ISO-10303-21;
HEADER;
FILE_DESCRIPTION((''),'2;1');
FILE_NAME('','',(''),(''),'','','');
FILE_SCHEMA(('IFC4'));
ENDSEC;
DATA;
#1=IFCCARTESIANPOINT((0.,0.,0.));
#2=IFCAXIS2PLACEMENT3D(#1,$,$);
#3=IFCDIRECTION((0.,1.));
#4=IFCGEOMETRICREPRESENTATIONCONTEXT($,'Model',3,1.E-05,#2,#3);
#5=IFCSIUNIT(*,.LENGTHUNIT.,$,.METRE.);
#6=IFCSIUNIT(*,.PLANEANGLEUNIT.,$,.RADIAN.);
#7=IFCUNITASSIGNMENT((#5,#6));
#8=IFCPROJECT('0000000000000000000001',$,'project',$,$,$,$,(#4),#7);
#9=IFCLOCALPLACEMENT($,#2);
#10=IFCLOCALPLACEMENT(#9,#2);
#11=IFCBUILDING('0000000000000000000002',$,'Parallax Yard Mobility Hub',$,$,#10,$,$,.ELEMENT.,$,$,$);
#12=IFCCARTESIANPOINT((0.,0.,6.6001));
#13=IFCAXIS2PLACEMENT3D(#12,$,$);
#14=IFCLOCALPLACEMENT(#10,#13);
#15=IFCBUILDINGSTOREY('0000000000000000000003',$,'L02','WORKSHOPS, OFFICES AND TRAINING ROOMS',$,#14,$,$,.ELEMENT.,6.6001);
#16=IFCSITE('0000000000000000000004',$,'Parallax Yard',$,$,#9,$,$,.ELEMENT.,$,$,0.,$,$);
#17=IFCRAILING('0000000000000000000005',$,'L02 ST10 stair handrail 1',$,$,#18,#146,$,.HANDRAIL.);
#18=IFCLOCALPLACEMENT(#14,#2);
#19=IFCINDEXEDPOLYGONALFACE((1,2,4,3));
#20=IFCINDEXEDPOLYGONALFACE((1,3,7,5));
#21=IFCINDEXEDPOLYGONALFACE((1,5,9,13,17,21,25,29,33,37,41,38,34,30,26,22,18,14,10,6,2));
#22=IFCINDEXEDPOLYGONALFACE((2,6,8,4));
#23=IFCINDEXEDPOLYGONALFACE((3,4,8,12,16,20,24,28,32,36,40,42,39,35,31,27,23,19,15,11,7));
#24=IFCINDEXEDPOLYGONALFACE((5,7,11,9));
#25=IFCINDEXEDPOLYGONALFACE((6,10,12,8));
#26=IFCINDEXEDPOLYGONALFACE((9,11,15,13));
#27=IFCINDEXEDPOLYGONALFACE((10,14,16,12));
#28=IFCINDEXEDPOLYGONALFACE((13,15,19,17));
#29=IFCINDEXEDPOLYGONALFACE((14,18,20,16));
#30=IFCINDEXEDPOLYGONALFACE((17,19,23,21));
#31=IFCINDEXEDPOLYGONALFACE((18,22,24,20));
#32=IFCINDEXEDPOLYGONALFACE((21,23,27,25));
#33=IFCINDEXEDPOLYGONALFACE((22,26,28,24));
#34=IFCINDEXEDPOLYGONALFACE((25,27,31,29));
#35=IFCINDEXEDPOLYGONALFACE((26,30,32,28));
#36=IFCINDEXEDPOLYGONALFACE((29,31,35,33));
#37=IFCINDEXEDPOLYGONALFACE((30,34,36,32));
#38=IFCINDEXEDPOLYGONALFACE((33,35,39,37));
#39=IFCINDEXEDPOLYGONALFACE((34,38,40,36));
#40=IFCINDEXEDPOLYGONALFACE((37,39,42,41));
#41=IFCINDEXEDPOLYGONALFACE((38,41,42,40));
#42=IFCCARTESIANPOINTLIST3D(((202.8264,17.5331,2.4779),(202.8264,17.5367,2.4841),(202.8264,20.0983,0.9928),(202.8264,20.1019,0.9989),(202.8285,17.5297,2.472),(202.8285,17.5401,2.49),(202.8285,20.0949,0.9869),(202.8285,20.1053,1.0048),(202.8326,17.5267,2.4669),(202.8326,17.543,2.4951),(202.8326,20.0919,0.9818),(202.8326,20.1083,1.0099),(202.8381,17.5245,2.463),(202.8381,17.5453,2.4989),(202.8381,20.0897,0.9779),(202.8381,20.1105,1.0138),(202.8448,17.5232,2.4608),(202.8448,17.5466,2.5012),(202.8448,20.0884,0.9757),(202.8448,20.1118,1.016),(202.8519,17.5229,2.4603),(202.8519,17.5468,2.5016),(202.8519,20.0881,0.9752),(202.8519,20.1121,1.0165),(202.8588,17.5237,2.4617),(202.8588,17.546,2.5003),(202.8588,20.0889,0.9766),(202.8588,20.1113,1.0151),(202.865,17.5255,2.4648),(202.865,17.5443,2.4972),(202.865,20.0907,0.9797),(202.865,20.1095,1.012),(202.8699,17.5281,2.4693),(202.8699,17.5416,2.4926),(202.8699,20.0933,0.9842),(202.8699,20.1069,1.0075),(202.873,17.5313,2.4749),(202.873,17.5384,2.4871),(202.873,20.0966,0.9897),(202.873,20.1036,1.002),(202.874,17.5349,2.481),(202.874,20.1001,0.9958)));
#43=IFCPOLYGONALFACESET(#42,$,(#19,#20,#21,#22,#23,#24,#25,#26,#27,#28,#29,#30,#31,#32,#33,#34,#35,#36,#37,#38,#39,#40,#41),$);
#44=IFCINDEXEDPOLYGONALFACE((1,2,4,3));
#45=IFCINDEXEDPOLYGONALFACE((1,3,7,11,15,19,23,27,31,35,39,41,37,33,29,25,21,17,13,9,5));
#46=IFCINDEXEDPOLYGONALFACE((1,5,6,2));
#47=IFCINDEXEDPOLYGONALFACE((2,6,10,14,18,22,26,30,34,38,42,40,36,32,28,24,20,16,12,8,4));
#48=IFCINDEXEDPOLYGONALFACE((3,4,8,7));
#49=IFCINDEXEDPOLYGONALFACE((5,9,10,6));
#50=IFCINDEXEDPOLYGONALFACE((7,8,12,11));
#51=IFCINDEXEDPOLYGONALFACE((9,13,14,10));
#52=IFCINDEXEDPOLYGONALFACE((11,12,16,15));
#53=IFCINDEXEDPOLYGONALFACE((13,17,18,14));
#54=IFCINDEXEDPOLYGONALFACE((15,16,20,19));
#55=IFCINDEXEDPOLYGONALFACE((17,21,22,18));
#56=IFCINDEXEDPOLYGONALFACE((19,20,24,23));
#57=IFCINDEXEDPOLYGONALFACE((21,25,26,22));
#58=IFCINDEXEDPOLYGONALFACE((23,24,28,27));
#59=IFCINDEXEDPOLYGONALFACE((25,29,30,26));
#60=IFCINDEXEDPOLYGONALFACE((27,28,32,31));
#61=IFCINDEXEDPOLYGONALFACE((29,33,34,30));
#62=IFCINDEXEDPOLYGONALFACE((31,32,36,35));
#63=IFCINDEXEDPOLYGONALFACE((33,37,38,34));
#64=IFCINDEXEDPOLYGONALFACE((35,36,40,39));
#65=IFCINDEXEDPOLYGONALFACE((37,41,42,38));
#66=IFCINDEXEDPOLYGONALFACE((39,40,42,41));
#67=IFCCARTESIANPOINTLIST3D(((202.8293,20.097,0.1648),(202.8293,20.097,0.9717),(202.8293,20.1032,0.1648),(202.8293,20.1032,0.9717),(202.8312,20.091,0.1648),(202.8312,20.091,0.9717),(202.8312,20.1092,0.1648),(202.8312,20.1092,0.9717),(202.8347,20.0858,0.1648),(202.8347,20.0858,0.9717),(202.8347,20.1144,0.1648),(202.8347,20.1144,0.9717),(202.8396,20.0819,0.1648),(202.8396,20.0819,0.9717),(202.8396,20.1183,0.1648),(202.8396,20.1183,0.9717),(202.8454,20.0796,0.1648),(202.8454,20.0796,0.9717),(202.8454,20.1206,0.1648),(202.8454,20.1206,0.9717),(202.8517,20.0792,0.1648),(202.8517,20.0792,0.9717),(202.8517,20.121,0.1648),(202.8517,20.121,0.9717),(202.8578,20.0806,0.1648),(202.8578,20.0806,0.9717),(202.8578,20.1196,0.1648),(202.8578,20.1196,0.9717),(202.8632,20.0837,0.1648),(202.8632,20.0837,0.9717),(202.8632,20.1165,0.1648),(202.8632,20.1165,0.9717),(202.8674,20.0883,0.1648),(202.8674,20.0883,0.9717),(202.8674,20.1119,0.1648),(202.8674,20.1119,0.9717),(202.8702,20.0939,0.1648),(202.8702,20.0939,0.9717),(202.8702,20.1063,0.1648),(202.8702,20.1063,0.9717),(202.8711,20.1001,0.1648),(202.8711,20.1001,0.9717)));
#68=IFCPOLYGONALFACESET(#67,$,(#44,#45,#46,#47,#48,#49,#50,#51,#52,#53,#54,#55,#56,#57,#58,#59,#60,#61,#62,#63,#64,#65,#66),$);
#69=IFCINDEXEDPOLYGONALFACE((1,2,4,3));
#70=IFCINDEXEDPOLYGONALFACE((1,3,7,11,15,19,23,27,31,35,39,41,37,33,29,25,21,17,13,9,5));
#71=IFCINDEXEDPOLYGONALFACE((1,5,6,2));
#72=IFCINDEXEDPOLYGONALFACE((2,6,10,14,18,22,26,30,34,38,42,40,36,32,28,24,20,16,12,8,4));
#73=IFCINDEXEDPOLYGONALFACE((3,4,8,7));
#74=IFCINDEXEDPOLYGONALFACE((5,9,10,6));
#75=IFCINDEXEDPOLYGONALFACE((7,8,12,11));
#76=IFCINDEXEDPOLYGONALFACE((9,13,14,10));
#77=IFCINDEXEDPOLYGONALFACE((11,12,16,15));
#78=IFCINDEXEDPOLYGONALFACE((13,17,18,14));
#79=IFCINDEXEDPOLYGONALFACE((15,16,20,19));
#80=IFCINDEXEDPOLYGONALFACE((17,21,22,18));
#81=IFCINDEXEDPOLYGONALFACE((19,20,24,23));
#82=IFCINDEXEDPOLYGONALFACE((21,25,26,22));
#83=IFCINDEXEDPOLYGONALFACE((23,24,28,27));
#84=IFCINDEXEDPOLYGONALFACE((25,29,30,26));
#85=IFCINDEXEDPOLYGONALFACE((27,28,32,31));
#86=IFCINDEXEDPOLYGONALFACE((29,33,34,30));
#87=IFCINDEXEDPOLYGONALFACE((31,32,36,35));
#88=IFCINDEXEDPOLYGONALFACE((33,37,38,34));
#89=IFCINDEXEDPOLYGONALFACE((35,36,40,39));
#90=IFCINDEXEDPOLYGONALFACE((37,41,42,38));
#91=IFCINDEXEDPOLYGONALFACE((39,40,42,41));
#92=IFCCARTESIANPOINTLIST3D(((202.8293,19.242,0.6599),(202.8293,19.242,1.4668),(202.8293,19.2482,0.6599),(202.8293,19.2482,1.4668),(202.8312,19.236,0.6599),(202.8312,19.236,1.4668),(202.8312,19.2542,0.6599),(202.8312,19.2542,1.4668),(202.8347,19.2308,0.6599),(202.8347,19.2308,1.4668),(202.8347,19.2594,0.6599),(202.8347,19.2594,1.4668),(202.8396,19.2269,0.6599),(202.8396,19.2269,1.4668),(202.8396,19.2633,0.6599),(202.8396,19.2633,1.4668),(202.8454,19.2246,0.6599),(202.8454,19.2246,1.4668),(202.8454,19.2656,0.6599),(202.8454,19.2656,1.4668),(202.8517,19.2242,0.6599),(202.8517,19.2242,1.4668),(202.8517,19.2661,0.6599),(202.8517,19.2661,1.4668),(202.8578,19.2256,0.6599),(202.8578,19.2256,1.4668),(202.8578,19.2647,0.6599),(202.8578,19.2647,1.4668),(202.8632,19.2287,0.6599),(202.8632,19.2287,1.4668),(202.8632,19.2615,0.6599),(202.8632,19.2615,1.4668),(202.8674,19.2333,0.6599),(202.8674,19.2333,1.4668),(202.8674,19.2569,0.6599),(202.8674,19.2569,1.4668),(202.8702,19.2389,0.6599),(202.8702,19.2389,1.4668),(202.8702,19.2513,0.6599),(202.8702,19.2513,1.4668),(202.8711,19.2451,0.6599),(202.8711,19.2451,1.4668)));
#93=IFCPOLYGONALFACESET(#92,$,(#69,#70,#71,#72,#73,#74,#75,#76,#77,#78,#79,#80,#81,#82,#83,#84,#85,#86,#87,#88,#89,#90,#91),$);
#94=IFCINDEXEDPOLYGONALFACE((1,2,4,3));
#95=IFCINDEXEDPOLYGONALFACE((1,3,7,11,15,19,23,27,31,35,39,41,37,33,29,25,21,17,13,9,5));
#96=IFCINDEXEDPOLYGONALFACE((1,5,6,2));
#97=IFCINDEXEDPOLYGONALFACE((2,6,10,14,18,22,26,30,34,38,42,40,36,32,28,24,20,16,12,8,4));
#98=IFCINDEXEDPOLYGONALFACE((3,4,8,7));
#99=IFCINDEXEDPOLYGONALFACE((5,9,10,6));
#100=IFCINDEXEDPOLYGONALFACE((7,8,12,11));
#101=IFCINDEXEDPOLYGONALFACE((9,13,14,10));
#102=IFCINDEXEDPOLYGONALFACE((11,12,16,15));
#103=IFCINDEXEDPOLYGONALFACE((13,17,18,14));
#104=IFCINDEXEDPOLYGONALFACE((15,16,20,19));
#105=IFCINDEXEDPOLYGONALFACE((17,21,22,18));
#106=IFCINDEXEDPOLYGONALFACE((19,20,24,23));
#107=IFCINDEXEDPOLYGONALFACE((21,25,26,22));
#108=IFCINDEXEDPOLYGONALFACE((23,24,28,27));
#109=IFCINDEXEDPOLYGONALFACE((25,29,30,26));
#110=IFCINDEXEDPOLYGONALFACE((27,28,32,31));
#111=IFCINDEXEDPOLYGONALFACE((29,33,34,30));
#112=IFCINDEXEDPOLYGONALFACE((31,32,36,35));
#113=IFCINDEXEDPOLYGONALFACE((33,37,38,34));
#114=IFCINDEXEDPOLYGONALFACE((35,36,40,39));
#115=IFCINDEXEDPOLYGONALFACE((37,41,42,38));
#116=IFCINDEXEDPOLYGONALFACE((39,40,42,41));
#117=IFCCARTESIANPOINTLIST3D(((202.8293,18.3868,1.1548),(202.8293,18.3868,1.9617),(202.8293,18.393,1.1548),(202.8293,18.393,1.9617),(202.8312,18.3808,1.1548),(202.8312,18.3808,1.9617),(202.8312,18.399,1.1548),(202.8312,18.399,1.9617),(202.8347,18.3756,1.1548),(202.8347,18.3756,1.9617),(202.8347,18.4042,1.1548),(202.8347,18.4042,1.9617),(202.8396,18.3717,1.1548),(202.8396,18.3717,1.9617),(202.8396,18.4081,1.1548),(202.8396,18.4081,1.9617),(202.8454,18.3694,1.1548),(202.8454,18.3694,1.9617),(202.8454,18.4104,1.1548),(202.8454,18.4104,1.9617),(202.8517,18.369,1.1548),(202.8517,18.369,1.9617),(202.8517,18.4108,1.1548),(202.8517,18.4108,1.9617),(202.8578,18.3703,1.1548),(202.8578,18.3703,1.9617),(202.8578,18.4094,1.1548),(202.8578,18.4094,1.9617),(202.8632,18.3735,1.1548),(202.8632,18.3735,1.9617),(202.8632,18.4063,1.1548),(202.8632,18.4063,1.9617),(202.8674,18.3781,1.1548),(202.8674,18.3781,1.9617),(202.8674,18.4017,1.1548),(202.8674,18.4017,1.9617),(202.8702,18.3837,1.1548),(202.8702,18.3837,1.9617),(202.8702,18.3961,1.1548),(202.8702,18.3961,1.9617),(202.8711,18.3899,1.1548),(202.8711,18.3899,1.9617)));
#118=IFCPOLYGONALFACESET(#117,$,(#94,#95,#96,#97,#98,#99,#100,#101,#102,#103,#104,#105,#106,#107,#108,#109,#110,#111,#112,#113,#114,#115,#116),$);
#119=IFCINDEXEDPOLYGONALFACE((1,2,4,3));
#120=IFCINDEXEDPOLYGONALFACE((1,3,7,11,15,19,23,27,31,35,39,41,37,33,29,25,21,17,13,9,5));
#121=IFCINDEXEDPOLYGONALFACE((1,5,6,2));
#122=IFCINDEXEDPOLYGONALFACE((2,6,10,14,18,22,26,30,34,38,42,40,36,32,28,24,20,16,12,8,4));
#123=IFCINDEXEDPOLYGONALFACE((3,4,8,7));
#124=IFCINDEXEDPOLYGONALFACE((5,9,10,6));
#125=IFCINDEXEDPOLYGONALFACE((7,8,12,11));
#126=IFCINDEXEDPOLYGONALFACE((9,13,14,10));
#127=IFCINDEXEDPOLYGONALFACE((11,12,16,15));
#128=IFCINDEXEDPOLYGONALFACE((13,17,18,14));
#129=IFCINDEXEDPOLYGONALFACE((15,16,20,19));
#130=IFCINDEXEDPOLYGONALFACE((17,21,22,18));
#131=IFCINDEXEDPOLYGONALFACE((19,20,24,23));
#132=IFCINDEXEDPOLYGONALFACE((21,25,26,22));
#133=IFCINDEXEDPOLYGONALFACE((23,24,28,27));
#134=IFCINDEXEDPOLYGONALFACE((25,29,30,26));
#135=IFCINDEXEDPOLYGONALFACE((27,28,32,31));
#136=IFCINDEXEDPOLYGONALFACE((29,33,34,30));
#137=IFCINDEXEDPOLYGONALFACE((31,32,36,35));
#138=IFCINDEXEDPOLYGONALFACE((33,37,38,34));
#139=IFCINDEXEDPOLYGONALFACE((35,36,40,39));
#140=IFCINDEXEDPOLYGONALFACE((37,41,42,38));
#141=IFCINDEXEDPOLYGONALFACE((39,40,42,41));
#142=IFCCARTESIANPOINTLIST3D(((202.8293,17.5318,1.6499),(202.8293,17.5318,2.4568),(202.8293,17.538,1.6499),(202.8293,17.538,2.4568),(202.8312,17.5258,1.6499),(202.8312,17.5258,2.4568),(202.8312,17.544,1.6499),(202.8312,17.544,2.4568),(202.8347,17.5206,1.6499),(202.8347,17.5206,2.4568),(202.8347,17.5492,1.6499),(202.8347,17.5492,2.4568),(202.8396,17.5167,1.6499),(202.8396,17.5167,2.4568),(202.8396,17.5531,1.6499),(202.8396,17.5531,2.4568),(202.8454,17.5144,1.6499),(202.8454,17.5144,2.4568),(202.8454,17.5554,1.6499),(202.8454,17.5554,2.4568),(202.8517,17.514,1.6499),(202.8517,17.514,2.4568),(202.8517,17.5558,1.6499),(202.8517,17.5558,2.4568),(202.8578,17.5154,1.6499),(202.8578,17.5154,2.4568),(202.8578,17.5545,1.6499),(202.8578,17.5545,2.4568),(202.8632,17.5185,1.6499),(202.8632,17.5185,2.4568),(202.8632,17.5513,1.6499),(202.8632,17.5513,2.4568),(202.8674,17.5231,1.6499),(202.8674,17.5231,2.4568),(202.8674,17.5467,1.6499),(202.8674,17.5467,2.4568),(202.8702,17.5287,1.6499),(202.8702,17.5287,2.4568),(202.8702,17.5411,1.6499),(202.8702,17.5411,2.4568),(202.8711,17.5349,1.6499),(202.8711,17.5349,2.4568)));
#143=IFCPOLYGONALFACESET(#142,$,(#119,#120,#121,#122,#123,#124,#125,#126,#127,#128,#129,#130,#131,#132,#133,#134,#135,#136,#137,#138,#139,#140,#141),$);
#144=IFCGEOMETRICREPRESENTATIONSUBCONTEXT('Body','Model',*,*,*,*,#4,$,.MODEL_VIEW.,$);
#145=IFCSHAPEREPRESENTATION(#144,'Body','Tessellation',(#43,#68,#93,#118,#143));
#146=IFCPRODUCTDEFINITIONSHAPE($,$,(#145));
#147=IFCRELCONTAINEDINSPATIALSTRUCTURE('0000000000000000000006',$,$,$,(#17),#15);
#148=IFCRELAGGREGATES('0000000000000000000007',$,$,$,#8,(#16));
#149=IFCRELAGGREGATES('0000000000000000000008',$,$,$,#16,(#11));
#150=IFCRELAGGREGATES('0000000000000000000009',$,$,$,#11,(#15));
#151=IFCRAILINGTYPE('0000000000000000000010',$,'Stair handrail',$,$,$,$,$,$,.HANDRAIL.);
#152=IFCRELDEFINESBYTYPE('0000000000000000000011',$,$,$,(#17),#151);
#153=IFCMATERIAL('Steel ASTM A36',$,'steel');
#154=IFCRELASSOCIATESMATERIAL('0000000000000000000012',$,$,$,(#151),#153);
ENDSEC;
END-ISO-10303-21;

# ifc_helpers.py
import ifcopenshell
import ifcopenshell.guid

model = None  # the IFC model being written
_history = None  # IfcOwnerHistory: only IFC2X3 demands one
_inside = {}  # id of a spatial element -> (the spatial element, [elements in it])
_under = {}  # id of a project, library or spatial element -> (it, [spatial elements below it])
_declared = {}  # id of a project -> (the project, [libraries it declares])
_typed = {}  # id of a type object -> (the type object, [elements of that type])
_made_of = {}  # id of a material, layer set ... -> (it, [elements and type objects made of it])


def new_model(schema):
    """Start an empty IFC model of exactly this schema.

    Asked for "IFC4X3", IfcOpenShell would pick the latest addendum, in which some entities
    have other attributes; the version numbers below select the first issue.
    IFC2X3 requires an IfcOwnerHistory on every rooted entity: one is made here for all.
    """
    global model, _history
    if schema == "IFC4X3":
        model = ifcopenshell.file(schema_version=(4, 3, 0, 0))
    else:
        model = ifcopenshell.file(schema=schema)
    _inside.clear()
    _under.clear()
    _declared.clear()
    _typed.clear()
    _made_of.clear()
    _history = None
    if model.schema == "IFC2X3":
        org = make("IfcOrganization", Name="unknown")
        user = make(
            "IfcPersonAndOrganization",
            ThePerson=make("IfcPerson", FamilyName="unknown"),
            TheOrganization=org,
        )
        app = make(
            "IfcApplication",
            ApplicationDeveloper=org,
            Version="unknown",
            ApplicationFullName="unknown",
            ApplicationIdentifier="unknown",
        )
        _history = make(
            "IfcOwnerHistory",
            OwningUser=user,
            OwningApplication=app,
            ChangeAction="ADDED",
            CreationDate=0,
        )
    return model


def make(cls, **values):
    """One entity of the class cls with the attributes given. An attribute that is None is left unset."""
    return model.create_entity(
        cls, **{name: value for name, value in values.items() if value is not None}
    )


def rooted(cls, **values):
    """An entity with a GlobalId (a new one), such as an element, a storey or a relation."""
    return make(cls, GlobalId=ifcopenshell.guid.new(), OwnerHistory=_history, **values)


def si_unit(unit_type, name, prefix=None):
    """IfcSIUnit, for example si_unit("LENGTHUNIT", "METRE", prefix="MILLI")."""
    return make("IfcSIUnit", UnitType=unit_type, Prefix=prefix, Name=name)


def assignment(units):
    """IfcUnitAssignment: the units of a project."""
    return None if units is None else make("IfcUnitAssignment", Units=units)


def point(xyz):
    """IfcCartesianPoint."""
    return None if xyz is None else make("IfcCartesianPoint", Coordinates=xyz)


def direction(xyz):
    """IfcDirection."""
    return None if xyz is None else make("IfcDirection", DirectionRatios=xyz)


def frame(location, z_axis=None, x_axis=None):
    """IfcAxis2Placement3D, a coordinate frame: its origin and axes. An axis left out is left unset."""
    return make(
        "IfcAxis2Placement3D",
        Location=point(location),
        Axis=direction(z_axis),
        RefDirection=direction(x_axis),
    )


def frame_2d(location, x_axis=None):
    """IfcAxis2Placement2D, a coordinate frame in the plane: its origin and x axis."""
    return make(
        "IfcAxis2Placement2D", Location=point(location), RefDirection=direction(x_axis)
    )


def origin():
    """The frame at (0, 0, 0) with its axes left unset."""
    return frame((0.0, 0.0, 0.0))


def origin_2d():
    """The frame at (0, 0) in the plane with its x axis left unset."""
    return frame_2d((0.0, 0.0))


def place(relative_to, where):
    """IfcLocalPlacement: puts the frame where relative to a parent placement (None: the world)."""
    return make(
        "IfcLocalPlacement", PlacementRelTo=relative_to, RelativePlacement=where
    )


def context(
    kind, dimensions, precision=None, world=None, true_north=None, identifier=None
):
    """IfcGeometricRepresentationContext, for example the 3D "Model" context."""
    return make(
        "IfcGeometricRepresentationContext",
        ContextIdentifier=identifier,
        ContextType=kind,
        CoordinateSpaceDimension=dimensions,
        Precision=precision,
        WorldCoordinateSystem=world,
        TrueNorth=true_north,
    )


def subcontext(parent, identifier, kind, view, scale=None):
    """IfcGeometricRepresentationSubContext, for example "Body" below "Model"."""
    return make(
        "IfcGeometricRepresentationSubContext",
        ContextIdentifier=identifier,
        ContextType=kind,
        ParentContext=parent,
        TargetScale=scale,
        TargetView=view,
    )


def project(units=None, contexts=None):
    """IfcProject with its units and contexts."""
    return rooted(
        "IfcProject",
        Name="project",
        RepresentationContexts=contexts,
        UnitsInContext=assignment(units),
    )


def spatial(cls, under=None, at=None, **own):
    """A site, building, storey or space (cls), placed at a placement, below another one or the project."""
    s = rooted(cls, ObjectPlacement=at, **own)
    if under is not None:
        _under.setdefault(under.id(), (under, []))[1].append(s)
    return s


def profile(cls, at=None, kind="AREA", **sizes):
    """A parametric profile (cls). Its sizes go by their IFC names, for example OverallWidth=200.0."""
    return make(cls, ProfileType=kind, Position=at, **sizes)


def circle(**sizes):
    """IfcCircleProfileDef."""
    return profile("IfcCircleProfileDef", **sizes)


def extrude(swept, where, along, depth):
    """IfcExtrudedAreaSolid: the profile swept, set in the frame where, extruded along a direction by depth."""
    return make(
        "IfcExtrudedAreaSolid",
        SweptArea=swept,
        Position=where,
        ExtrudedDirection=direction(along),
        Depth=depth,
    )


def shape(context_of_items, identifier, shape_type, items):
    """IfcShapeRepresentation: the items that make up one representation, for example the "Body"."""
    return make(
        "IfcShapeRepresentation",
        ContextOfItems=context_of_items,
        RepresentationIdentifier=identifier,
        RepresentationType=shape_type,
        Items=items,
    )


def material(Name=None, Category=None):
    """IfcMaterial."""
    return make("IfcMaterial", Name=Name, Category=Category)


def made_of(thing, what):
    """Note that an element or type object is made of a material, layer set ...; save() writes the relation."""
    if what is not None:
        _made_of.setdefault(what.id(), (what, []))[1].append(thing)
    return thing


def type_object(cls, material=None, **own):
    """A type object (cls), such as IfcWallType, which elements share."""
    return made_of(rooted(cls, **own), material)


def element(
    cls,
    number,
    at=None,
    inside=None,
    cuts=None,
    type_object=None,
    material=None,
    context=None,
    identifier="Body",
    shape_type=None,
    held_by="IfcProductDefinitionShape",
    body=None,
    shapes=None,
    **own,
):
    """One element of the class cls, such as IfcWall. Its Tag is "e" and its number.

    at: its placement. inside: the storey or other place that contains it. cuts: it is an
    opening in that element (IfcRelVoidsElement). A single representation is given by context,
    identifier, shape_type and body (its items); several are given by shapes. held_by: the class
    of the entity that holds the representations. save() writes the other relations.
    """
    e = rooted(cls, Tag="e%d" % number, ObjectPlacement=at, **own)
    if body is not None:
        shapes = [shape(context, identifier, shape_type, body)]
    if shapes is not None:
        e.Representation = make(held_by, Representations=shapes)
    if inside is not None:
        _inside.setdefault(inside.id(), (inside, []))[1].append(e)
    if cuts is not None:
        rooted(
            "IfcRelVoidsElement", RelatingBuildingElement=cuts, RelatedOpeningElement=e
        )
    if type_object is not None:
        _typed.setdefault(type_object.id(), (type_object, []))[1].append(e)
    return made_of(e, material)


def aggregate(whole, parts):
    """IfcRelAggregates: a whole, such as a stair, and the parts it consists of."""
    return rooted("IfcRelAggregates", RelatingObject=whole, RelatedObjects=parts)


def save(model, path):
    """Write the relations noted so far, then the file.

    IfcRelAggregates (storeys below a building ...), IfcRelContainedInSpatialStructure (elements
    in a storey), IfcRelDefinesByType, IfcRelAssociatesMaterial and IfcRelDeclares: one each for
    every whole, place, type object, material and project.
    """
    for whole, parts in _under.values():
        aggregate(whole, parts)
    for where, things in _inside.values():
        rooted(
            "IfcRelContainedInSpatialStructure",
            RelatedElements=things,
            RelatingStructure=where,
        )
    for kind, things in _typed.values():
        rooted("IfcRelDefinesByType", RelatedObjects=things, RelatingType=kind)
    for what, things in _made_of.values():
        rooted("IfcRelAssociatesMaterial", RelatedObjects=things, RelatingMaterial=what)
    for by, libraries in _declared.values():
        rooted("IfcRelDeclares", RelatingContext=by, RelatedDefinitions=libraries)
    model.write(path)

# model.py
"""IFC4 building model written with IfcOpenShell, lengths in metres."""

from ifc_helpers import new_model, si_unit, direction, frame, origin, origin_2d, place, context, subcontext, project, spatial, circle, extrude, material, type_object, element, save


model = new_model("IFC4")

# Units and contexts
model_context = context("Model", 3, precision=1e-05, world=origin(), true_north=direction((0.0, 1.0)))
body_context = subcontext(model_context, "Body", "Model", "MODEL_VIEW")
ifc_project = project(units=[si_unit("LENGTHUNIT", "METRE"), si_unit("PLANEANGLEUNIT", "RADIAN")], contexts=[model_context])

# Site, building, storey
site_placement = place(None, origin())
site = spatial("IfcSite", under=ifc_project, at=site_placement, Name="Parallax Yard", CompositionType="ELEMENT", RefElevation=0.0)
building_placement = place(site_placement, origin())
building = spatial("IfcBuilding", under=site, at=building_placement, Name="Parallax Yard Mobility Hub", CompositionType="ELEMENT")
storey_placement = place(building_placement, frame((0.0, 0.0, 6.6001)))
storey = spatial("IfcBuildingStorey", under=building, at=storey_placement, Name="L02", Description="WORKSHOPS, OFFICES AND TRAINING ROOMS", CompositionType="ELEMENT", Elevation=6.6001)

# Railing
ifc_material_1 = material(Name="Steel ASTM A36", Category="steel")
railing_type_1 = type_object("IfcRailingType", Name="Stair handrail", PredefinedType="HANDRAIL", material=ifc_material_1)
railing_1_placement = place(storey_placement, frame((202.8501, 20.1001, 0.1648)))
element("IfcRailing", 1, at=railing_1_placement, inside=storey, type_object=railing_type_1, Name="L02 ST10 stair handrail 1", PredefinedType="HANDRAIL", context=body_context, shape_type="SweptSolid", body=[
    extrude(circle(Radius=0.0239, at=origin_2d()), frame((0.0, 0.0, 0.8311), z_axis=(0.0, -0.865426, 0.501036), x_axis=(1.0, 0.0, 0.0)), (0.0, 0.0, 1.0), 2.9641),
    extrude(circle(Radius=0.021, at=origin_2d()), origin(), (0.0, 0.0, 1.0), 0.8069),
    extrude(circle(Radius=0.021, at=origin_2d()), frame((0.0, -0.855, 0.4951)), (0.0, 0.0, 1.0), 0.8069),
    extrude(circle(Radius=0.021, at=origin_2d()), frame((0.0, -1.7102, 0.99)), (0.0, 0.0, 1.0), 0.8069),
    extrude(circle(Radius=0.021, at=origin_2d()), frame((0.0, -2.5652, 1.4851)), (0.0, 0.0, 1.0), 0.8069),
])

save(model, "model.ifc")
